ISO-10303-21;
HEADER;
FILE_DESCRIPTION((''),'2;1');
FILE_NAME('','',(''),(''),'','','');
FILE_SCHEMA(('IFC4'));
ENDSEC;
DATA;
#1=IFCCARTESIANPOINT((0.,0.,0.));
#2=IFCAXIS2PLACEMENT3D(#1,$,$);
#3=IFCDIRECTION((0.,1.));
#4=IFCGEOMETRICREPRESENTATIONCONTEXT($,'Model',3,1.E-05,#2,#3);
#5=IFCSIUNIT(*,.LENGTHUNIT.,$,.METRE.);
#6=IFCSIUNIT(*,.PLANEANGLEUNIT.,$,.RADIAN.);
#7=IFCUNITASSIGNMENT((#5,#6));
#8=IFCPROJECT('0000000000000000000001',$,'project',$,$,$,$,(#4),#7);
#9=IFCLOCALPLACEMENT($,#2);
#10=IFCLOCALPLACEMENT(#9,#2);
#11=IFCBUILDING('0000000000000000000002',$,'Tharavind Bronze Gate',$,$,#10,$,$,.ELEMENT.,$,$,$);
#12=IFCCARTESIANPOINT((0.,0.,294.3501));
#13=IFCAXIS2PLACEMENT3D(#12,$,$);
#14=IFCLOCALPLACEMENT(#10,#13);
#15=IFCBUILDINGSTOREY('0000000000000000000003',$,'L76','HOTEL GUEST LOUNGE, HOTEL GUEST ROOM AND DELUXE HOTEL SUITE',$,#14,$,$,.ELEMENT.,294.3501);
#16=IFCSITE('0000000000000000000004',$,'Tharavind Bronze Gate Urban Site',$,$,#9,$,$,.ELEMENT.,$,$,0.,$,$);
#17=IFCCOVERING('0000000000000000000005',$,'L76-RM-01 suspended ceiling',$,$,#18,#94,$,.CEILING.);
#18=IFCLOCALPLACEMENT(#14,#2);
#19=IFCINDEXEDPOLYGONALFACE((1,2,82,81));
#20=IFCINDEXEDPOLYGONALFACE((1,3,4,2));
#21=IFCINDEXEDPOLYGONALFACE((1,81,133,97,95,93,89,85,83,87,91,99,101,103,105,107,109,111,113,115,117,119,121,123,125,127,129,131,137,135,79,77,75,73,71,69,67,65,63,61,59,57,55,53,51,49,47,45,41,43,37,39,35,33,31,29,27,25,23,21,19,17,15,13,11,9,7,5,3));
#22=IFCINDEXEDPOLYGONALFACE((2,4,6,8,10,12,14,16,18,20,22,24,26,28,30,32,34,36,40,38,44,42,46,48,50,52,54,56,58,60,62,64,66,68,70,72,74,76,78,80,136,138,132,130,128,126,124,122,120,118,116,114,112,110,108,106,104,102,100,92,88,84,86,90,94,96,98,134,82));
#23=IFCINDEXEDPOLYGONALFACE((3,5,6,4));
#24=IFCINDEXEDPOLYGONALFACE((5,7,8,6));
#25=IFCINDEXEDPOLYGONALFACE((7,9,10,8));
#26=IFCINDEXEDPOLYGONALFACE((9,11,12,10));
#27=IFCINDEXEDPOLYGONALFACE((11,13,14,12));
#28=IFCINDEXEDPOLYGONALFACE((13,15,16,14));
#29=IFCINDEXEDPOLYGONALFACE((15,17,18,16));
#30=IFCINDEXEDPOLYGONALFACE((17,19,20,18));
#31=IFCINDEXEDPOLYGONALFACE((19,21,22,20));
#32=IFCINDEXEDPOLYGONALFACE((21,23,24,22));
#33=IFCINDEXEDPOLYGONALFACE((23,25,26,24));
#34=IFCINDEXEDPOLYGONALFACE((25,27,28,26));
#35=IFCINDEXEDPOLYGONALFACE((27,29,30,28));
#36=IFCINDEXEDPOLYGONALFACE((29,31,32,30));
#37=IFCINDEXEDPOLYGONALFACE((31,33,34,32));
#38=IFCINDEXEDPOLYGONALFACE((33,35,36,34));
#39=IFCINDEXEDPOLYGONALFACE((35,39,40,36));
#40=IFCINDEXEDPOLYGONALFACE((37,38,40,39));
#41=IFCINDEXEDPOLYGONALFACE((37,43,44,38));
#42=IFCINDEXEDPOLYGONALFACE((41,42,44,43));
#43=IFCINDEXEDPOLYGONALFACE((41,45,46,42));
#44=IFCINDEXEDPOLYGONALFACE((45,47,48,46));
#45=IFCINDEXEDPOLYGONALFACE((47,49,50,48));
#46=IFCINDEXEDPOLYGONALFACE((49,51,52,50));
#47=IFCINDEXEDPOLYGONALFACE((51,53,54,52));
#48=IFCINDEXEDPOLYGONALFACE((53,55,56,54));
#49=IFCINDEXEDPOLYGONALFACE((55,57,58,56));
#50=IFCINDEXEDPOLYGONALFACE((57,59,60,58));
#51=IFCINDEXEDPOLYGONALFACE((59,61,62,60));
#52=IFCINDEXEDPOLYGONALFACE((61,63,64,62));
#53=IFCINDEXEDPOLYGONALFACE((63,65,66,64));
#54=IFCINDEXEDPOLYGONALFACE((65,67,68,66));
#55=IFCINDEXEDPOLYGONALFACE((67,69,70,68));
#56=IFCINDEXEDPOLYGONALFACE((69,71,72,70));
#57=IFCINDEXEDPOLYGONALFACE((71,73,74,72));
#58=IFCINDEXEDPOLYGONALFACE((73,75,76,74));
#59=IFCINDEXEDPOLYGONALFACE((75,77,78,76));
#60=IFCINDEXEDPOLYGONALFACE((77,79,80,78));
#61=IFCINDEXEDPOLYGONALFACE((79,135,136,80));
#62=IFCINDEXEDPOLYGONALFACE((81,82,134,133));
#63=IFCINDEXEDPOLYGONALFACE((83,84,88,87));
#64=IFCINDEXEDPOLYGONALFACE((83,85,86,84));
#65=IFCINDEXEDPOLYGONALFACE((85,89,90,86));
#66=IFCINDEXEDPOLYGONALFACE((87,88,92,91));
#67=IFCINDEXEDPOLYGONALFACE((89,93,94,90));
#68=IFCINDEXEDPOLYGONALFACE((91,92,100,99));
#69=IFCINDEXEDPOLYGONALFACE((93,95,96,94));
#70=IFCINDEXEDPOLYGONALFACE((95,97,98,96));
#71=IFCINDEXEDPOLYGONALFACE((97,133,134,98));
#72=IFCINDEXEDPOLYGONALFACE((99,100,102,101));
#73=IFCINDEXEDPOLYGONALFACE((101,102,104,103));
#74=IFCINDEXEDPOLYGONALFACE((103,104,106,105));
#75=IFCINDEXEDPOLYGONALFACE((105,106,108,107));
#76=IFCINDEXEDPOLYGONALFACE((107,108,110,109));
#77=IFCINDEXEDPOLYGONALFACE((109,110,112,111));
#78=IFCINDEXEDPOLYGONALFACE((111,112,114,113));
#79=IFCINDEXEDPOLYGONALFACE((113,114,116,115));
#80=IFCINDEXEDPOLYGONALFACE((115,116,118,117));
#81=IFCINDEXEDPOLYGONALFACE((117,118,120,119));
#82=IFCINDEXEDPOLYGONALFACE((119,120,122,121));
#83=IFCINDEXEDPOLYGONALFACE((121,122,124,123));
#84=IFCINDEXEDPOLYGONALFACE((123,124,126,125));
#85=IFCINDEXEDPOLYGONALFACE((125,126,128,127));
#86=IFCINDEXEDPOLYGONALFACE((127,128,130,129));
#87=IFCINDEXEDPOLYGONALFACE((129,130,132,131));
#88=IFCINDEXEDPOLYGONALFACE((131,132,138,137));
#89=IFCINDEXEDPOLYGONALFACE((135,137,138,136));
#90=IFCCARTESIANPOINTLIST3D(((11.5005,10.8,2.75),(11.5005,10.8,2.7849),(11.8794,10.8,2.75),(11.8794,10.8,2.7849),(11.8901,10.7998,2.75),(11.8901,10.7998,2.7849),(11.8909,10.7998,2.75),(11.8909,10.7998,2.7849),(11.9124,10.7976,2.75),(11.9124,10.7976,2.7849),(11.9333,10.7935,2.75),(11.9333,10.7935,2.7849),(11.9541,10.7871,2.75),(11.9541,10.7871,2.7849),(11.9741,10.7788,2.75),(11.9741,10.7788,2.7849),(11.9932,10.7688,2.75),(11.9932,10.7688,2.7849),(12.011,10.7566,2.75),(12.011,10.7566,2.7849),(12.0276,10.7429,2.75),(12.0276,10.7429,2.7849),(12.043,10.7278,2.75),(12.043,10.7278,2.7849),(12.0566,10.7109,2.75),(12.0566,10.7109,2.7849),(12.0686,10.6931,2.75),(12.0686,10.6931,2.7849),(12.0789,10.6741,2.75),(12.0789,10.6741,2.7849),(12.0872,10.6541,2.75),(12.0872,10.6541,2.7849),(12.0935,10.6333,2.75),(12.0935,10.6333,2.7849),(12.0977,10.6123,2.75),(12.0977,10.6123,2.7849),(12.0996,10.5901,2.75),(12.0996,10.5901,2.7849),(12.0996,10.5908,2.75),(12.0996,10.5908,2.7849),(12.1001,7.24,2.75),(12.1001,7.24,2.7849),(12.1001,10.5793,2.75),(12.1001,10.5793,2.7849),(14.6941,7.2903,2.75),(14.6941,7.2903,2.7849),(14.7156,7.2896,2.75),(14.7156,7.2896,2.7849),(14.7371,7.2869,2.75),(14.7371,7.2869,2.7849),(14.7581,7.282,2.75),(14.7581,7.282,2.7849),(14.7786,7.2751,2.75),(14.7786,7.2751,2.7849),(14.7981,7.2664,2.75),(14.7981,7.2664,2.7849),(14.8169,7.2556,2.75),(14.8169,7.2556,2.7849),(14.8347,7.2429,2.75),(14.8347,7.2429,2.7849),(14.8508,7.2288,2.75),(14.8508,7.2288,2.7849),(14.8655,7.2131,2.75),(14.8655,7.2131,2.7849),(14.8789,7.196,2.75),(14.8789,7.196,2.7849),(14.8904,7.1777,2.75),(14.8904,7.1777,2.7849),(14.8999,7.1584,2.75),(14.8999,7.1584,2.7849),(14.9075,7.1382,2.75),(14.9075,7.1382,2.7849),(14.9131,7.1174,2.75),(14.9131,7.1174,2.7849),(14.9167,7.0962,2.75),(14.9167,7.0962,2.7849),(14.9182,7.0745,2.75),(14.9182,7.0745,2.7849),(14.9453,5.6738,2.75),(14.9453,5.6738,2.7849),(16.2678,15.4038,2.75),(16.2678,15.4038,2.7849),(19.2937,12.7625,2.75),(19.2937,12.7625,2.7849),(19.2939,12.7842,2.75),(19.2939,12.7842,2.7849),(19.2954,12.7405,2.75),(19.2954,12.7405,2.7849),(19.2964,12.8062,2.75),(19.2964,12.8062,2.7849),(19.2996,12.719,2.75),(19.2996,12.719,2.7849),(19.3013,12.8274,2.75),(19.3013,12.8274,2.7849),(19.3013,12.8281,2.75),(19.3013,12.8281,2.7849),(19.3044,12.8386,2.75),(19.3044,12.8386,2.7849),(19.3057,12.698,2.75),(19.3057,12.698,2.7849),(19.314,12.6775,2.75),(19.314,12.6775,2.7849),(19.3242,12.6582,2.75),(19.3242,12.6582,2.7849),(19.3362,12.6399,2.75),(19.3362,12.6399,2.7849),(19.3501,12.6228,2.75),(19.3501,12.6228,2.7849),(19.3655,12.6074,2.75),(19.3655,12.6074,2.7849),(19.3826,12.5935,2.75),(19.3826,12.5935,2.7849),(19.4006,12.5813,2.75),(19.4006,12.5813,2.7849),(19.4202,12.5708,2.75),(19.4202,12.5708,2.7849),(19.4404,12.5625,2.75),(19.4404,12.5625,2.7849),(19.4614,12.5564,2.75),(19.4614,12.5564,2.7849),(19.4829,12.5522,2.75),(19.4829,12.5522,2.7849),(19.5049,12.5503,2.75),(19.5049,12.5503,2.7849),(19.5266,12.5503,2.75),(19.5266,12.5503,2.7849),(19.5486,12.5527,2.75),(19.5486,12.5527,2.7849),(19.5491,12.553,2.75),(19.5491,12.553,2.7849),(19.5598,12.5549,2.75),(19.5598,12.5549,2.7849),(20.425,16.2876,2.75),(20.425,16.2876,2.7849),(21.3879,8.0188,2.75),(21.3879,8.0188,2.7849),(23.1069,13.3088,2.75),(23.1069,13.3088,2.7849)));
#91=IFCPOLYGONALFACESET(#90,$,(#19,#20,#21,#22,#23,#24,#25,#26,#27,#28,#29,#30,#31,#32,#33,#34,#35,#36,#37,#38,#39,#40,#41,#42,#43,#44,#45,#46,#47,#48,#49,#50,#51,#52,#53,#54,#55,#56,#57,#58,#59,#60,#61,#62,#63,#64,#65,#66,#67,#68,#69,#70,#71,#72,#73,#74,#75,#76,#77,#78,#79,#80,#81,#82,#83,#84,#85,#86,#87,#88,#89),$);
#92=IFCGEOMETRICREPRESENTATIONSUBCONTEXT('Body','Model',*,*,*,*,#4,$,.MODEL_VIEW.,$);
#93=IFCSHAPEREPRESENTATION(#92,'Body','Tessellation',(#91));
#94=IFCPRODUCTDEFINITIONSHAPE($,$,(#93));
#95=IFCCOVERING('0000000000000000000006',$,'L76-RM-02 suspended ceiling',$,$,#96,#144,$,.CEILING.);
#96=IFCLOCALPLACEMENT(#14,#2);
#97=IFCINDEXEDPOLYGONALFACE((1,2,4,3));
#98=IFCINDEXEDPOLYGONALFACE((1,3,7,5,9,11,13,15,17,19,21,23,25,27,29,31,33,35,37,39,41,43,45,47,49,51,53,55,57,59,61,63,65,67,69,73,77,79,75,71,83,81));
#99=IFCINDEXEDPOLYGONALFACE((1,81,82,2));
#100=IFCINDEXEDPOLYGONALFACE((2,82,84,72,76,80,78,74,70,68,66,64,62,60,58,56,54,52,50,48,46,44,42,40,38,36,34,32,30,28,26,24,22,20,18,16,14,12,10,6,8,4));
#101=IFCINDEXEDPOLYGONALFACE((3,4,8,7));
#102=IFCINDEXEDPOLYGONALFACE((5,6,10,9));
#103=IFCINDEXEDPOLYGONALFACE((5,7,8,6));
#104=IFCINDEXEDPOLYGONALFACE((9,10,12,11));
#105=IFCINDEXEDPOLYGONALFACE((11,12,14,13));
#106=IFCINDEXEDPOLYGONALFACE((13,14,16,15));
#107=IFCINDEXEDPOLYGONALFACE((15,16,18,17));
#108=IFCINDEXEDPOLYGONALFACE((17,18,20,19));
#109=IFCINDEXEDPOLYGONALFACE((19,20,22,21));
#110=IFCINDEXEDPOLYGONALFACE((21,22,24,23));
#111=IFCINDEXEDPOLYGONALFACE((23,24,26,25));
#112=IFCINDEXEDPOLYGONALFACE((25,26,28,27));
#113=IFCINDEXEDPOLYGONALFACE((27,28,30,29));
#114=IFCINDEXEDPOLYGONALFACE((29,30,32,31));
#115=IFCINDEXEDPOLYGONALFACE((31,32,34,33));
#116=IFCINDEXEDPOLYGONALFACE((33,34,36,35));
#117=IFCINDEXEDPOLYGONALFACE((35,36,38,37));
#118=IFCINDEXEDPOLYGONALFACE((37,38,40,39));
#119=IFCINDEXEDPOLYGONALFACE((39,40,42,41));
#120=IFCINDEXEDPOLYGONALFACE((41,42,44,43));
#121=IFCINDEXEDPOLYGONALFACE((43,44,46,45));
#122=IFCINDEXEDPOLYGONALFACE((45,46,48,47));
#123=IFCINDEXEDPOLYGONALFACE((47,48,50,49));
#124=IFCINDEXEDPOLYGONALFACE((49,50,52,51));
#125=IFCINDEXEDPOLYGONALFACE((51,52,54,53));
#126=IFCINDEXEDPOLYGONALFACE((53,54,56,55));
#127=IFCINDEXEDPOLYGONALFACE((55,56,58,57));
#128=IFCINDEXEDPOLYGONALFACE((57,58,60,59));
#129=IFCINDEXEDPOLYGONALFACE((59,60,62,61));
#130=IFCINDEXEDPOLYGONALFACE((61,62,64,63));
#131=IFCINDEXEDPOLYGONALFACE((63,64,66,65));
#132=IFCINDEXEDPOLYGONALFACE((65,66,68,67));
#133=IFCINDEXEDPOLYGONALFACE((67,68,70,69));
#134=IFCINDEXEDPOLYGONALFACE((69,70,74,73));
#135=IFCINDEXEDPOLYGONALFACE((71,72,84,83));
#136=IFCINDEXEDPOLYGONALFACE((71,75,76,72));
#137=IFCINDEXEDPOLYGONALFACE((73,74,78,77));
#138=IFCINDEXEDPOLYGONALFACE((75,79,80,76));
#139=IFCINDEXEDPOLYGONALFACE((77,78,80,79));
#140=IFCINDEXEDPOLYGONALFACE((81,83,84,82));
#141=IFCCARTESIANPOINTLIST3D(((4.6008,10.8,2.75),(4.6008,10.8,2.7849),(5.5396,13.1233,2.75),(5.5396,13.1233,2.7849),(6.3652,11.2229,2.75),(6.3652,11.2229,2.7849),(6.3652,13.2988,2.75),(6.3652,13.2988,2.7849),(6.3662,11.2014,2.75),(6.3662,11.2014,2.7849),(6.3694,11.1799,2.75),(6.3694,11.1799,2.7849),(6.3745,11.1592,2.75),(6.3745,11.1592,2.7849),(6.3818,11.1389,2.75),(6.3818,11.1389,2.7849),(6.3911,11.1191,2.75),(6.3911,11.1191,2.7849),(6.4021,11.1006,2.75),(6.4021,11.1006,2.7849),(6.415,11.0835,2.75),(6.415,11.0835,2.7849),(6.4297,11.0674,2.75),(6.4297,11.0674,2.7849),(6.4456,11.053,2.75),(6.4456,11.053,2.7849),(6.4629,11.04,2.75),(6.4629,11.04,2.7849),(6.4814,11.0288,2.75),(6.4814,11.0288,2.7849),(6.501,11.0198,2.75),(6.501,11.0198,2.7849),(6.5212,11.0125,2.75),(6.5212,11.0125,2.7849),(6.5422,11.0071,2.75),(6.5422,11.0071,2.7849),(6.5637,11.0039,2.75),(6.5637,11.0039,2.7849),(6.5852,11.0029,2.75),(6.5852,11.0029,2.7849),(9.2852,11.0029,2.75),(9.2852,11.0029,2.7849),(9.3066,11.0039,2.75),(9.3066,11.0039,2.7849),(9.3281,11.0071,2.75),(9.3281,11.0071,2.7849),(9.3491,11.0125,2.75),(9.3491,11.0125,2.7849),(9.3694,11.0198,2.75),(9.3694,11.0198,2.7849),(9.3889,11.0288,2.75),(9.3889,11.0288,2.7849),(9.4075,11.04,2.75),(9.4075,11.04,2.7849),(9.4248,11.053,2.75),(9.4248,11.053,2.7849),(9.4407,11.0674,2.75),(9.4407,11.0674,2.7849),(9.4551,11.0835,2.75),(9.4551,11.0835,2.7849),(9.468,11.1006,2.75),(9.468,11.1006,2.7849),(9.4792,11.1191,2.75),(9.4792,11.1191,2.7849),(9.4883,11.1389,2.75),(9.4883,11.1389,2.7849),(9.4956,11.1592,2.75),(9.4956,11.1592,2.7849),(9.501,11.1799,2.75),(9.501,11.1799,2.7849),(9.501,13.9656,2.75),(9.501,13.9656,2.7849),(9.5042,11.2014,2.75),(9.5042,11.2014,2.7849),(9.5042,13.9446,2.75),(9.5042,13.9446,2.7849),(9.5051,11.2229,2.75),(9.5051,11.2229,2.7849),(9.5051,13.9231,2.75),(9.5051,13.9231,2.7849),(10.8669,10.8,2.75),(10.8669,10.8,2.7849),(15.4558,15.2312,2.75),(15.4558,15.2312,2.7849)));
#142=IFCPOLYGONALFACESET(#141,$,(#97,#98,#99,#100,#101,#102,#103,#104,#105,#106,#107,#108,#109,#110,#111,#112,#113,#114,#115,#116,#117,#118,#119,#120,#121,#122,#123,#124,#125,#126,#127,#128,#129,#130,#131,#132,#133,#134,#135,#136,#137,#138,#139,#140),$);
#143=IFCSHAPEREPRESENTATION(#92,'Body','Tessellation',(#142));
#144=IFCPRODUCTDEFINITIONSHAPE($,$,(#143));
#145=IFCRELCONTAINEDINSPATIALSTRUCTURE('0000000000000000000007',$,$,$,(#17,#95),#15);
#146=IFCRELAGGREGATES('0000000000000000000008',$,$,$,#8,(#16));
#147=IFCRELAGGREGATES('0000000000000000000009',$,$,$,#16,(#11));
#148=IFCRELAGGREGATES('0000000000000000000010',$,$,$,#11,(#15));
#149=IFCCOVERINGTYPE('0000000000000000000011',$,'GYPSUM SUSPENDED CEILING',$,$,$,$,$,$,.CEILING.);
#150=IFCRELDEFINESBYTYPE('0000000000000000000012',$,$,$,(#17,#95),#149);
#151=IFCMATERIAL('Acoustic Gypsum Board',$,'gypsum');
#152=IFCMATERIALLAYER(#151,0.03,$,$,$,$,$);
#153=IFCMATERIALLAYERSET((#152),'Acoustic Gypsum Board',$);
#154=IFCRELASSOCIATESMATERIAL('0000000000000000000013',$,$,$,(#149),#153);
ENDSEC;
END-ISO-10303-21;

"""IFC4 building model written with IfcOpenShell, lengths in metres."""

from ifc_helpers import new_model, si_unit, direction, frame, origin, place, context, subcontext, project, spatial, polyline, outline, extrude, material, layer, layer_set, type_object, element, save


model = new_model("IFC4")

# Units and contexts
model_context = context("Model", 3, precision=1e-05, world=origin(), true_north=direction((0.0, 1.0)))
body_context = subcontext(model_context, "Body", "Model", "MODEL_VIEW")
ifc_project = project(units=[si_unit("LENGTHUNIT", "METRE"), si_unit("PLANEANGLEUNIT", "RADIAN")], contexts=[model_context])

# Site, building, storey
site_placement = place(None, origin())
site = spatial("IfcSite", under=ifc_project, at=site_placement, Name="Tharavind Bronze Gate Urban Site", CompositionType="ELEMENT", RefElevation=0.0)
building_placement = place(site_placement, origin())
building = spatial("IfcBuilding", under=site, at=building_placement, Name="Tharavind Bronze Gate", CompositionType="ELEMENT")
storey_placement = place(building_placement, frame((0.0, 0.0, 294.3501)))
storey = spatial("IfcBuildingStorey", under=building, at=storey_placement, Name="L76", Description="HOTEL GUEST LOUNGE, HOTEL GUEST ROOM AND DELUXE HOTEL SUITE", CompositionType="ELEMENT", Elevation=294.3501)

# Coverings
ifc_material_1 = material(Name="Acoustic Gypsum Board", Category="gypsum")
ifc_layer_1 = layer(ifc_material_1, 0.03)
ifc_layer_set_1 = layer_set([ifc_layer_1], Name="Acoustic Gypsum Board")
covering_type_1 = type_object("IfcCoveringType", Name="GYPSUM SUSPENDED CEILING", PredefinedType="CEILING", material=ifc_layer_set_1)
covering_1_placement = place(storey_placement, frame((0.0, 0.0, 2.75)))
element("IfcCovering", 1, at=covering_1_placement, inside=storey, type_object=covering_type_1, Name="L76-RM-01 suspended ceiling", PredefinedType="CEILING", context=body_context, shape_type="SweptSolid", body=[
    extrude(outline(polyline([(11.8794, 10.8), (11.8901, 10.7998), (11.8909, 10.7998), (11.9124, 10.7976), (11.9333, 10.7935), (11.9541, 10.7871), (11.9741, 10.7788), (11.9932, 10.7688), (12.011, 10.7566), (12.0276, 10.7429), (12.043, 10.7278), (12.0566, 10.7109), (12.0686, 10.6931), (12.0789, 10.6741), (12.0872, 10.6541), (12.0935, 10.6333), (12.0977, 10.6123), (12.0996, 10.5908), (12.0996, 10.5901), (12.1001, 10.5793), (12.1001, 7.24), (14.6941, 7.2903), (14.7156, 7.2896), (14.7371, 7.2869), (14.7581, 7.282), (14.7786, 7.2751), (14.7981, 7.2664), (14.8169, 7.2556), (14.8347, 7.2429), (14.8508, 7.2288), (14.8655, 7.2131), (14.8789, 7.196), (14.8904, 7.1777), (14.8999, 7.1584), (14.9075, 7.1382), (14.9131, 7.1174), (14.9167, 7.0962), (14.9182, 7.0745), (14.9453, 5.6738), (21.3879, 8.0188), (23.1069, 13.3088), (19.5598, 12.5549), (19.5491, 12.553), (19.5486, 12.5527), (19.5266, 12.5503), (19.5049, 12.5503), (19.4829, 12.5522), (19.4614, 12.5564), (19.4404, 12.5625), (19.4202, 12.5708), (19.4006, 12.5813), (19.3826, 12.5935), (19.3655, 12.6074), (19.3501, 12.6228), (19.3362, 12.6399), (19.3242, 12.6582), (19.314, 12.6775), (19.3057, 12.698), (19.2996, 12.719), (19.2954, 12.7405), (19.2937, 12.7625), (19.2939, 12.7842), (19.2964, 12.8062), (19.3013, 12.8274), (19.3013, 12.8281), (19.3044, 12.8386), (20.425, 16.2876), (16.2678, 15.4038), (11.5005, 10.8), (11.8794, 10.8)])), origin(), (0.0, 0.0, 1.0), 0.0349),
])
covering_2_placement = place(storey_placement, frame((0.0, 0.0, 2.75)))
element("IfcCovering", 2, at=covering_2_placement, inside=storey, type_object=covering_type_1, Name="L76-RM-02 suspended ceiling", PredefinedType="CEILING", context=body_context, shape_type="SweptSolid", body=[
    extrude(outline(polyline([(10.8669, 10.8), (15.4558, 15.2312), (9.501, 13.9656), (9.5042, 13.9446), (9.5051, 13.9231), (9.5051, 11.2229), (9.5042, 11.2014), (9.501, 11.1799), (9.4956, 11.1592), (9.4883, 11.1389), (9.4792, 11.1191), (9.468, 11.1006), (9.4551, 11.0835), (9.4407, 11.0674), (9.4248, 11.053), (9.4075, 11.04), (9.3889, 11.0288), (9.3694, 11.0198), (9.3491, 11.0125), (9.3281, 11.0071), (9.3066, 11.0039), (9.2852, 11.0029), (6.5852, 11.0029), (6.5637, 11.0039), (6.5422, 11.0071), (6.5212, 11.0125), (6.501, 11.0198), (6.4814, 11.0288), (6.4629, 11.04), (6.4456, 11.053), (6.4297, 11.0674), (6.415, 11.0835), (6.4021, 11.1006), (6.3911, 11.1191), (6.3818, 11.1389), (6.3745, 11.1592), (6.3694, 11.1799), (6.3662, 11.2014), (6.3652, 11.2229), (6.3652, 13.2988), (5.5396, 13.1233), (4.6008, 10.8), (10.8669, 10.8)])), origin(), (0.0, 0.0, 1.0), 0.0349),
])

save(model, "model.ifc")
